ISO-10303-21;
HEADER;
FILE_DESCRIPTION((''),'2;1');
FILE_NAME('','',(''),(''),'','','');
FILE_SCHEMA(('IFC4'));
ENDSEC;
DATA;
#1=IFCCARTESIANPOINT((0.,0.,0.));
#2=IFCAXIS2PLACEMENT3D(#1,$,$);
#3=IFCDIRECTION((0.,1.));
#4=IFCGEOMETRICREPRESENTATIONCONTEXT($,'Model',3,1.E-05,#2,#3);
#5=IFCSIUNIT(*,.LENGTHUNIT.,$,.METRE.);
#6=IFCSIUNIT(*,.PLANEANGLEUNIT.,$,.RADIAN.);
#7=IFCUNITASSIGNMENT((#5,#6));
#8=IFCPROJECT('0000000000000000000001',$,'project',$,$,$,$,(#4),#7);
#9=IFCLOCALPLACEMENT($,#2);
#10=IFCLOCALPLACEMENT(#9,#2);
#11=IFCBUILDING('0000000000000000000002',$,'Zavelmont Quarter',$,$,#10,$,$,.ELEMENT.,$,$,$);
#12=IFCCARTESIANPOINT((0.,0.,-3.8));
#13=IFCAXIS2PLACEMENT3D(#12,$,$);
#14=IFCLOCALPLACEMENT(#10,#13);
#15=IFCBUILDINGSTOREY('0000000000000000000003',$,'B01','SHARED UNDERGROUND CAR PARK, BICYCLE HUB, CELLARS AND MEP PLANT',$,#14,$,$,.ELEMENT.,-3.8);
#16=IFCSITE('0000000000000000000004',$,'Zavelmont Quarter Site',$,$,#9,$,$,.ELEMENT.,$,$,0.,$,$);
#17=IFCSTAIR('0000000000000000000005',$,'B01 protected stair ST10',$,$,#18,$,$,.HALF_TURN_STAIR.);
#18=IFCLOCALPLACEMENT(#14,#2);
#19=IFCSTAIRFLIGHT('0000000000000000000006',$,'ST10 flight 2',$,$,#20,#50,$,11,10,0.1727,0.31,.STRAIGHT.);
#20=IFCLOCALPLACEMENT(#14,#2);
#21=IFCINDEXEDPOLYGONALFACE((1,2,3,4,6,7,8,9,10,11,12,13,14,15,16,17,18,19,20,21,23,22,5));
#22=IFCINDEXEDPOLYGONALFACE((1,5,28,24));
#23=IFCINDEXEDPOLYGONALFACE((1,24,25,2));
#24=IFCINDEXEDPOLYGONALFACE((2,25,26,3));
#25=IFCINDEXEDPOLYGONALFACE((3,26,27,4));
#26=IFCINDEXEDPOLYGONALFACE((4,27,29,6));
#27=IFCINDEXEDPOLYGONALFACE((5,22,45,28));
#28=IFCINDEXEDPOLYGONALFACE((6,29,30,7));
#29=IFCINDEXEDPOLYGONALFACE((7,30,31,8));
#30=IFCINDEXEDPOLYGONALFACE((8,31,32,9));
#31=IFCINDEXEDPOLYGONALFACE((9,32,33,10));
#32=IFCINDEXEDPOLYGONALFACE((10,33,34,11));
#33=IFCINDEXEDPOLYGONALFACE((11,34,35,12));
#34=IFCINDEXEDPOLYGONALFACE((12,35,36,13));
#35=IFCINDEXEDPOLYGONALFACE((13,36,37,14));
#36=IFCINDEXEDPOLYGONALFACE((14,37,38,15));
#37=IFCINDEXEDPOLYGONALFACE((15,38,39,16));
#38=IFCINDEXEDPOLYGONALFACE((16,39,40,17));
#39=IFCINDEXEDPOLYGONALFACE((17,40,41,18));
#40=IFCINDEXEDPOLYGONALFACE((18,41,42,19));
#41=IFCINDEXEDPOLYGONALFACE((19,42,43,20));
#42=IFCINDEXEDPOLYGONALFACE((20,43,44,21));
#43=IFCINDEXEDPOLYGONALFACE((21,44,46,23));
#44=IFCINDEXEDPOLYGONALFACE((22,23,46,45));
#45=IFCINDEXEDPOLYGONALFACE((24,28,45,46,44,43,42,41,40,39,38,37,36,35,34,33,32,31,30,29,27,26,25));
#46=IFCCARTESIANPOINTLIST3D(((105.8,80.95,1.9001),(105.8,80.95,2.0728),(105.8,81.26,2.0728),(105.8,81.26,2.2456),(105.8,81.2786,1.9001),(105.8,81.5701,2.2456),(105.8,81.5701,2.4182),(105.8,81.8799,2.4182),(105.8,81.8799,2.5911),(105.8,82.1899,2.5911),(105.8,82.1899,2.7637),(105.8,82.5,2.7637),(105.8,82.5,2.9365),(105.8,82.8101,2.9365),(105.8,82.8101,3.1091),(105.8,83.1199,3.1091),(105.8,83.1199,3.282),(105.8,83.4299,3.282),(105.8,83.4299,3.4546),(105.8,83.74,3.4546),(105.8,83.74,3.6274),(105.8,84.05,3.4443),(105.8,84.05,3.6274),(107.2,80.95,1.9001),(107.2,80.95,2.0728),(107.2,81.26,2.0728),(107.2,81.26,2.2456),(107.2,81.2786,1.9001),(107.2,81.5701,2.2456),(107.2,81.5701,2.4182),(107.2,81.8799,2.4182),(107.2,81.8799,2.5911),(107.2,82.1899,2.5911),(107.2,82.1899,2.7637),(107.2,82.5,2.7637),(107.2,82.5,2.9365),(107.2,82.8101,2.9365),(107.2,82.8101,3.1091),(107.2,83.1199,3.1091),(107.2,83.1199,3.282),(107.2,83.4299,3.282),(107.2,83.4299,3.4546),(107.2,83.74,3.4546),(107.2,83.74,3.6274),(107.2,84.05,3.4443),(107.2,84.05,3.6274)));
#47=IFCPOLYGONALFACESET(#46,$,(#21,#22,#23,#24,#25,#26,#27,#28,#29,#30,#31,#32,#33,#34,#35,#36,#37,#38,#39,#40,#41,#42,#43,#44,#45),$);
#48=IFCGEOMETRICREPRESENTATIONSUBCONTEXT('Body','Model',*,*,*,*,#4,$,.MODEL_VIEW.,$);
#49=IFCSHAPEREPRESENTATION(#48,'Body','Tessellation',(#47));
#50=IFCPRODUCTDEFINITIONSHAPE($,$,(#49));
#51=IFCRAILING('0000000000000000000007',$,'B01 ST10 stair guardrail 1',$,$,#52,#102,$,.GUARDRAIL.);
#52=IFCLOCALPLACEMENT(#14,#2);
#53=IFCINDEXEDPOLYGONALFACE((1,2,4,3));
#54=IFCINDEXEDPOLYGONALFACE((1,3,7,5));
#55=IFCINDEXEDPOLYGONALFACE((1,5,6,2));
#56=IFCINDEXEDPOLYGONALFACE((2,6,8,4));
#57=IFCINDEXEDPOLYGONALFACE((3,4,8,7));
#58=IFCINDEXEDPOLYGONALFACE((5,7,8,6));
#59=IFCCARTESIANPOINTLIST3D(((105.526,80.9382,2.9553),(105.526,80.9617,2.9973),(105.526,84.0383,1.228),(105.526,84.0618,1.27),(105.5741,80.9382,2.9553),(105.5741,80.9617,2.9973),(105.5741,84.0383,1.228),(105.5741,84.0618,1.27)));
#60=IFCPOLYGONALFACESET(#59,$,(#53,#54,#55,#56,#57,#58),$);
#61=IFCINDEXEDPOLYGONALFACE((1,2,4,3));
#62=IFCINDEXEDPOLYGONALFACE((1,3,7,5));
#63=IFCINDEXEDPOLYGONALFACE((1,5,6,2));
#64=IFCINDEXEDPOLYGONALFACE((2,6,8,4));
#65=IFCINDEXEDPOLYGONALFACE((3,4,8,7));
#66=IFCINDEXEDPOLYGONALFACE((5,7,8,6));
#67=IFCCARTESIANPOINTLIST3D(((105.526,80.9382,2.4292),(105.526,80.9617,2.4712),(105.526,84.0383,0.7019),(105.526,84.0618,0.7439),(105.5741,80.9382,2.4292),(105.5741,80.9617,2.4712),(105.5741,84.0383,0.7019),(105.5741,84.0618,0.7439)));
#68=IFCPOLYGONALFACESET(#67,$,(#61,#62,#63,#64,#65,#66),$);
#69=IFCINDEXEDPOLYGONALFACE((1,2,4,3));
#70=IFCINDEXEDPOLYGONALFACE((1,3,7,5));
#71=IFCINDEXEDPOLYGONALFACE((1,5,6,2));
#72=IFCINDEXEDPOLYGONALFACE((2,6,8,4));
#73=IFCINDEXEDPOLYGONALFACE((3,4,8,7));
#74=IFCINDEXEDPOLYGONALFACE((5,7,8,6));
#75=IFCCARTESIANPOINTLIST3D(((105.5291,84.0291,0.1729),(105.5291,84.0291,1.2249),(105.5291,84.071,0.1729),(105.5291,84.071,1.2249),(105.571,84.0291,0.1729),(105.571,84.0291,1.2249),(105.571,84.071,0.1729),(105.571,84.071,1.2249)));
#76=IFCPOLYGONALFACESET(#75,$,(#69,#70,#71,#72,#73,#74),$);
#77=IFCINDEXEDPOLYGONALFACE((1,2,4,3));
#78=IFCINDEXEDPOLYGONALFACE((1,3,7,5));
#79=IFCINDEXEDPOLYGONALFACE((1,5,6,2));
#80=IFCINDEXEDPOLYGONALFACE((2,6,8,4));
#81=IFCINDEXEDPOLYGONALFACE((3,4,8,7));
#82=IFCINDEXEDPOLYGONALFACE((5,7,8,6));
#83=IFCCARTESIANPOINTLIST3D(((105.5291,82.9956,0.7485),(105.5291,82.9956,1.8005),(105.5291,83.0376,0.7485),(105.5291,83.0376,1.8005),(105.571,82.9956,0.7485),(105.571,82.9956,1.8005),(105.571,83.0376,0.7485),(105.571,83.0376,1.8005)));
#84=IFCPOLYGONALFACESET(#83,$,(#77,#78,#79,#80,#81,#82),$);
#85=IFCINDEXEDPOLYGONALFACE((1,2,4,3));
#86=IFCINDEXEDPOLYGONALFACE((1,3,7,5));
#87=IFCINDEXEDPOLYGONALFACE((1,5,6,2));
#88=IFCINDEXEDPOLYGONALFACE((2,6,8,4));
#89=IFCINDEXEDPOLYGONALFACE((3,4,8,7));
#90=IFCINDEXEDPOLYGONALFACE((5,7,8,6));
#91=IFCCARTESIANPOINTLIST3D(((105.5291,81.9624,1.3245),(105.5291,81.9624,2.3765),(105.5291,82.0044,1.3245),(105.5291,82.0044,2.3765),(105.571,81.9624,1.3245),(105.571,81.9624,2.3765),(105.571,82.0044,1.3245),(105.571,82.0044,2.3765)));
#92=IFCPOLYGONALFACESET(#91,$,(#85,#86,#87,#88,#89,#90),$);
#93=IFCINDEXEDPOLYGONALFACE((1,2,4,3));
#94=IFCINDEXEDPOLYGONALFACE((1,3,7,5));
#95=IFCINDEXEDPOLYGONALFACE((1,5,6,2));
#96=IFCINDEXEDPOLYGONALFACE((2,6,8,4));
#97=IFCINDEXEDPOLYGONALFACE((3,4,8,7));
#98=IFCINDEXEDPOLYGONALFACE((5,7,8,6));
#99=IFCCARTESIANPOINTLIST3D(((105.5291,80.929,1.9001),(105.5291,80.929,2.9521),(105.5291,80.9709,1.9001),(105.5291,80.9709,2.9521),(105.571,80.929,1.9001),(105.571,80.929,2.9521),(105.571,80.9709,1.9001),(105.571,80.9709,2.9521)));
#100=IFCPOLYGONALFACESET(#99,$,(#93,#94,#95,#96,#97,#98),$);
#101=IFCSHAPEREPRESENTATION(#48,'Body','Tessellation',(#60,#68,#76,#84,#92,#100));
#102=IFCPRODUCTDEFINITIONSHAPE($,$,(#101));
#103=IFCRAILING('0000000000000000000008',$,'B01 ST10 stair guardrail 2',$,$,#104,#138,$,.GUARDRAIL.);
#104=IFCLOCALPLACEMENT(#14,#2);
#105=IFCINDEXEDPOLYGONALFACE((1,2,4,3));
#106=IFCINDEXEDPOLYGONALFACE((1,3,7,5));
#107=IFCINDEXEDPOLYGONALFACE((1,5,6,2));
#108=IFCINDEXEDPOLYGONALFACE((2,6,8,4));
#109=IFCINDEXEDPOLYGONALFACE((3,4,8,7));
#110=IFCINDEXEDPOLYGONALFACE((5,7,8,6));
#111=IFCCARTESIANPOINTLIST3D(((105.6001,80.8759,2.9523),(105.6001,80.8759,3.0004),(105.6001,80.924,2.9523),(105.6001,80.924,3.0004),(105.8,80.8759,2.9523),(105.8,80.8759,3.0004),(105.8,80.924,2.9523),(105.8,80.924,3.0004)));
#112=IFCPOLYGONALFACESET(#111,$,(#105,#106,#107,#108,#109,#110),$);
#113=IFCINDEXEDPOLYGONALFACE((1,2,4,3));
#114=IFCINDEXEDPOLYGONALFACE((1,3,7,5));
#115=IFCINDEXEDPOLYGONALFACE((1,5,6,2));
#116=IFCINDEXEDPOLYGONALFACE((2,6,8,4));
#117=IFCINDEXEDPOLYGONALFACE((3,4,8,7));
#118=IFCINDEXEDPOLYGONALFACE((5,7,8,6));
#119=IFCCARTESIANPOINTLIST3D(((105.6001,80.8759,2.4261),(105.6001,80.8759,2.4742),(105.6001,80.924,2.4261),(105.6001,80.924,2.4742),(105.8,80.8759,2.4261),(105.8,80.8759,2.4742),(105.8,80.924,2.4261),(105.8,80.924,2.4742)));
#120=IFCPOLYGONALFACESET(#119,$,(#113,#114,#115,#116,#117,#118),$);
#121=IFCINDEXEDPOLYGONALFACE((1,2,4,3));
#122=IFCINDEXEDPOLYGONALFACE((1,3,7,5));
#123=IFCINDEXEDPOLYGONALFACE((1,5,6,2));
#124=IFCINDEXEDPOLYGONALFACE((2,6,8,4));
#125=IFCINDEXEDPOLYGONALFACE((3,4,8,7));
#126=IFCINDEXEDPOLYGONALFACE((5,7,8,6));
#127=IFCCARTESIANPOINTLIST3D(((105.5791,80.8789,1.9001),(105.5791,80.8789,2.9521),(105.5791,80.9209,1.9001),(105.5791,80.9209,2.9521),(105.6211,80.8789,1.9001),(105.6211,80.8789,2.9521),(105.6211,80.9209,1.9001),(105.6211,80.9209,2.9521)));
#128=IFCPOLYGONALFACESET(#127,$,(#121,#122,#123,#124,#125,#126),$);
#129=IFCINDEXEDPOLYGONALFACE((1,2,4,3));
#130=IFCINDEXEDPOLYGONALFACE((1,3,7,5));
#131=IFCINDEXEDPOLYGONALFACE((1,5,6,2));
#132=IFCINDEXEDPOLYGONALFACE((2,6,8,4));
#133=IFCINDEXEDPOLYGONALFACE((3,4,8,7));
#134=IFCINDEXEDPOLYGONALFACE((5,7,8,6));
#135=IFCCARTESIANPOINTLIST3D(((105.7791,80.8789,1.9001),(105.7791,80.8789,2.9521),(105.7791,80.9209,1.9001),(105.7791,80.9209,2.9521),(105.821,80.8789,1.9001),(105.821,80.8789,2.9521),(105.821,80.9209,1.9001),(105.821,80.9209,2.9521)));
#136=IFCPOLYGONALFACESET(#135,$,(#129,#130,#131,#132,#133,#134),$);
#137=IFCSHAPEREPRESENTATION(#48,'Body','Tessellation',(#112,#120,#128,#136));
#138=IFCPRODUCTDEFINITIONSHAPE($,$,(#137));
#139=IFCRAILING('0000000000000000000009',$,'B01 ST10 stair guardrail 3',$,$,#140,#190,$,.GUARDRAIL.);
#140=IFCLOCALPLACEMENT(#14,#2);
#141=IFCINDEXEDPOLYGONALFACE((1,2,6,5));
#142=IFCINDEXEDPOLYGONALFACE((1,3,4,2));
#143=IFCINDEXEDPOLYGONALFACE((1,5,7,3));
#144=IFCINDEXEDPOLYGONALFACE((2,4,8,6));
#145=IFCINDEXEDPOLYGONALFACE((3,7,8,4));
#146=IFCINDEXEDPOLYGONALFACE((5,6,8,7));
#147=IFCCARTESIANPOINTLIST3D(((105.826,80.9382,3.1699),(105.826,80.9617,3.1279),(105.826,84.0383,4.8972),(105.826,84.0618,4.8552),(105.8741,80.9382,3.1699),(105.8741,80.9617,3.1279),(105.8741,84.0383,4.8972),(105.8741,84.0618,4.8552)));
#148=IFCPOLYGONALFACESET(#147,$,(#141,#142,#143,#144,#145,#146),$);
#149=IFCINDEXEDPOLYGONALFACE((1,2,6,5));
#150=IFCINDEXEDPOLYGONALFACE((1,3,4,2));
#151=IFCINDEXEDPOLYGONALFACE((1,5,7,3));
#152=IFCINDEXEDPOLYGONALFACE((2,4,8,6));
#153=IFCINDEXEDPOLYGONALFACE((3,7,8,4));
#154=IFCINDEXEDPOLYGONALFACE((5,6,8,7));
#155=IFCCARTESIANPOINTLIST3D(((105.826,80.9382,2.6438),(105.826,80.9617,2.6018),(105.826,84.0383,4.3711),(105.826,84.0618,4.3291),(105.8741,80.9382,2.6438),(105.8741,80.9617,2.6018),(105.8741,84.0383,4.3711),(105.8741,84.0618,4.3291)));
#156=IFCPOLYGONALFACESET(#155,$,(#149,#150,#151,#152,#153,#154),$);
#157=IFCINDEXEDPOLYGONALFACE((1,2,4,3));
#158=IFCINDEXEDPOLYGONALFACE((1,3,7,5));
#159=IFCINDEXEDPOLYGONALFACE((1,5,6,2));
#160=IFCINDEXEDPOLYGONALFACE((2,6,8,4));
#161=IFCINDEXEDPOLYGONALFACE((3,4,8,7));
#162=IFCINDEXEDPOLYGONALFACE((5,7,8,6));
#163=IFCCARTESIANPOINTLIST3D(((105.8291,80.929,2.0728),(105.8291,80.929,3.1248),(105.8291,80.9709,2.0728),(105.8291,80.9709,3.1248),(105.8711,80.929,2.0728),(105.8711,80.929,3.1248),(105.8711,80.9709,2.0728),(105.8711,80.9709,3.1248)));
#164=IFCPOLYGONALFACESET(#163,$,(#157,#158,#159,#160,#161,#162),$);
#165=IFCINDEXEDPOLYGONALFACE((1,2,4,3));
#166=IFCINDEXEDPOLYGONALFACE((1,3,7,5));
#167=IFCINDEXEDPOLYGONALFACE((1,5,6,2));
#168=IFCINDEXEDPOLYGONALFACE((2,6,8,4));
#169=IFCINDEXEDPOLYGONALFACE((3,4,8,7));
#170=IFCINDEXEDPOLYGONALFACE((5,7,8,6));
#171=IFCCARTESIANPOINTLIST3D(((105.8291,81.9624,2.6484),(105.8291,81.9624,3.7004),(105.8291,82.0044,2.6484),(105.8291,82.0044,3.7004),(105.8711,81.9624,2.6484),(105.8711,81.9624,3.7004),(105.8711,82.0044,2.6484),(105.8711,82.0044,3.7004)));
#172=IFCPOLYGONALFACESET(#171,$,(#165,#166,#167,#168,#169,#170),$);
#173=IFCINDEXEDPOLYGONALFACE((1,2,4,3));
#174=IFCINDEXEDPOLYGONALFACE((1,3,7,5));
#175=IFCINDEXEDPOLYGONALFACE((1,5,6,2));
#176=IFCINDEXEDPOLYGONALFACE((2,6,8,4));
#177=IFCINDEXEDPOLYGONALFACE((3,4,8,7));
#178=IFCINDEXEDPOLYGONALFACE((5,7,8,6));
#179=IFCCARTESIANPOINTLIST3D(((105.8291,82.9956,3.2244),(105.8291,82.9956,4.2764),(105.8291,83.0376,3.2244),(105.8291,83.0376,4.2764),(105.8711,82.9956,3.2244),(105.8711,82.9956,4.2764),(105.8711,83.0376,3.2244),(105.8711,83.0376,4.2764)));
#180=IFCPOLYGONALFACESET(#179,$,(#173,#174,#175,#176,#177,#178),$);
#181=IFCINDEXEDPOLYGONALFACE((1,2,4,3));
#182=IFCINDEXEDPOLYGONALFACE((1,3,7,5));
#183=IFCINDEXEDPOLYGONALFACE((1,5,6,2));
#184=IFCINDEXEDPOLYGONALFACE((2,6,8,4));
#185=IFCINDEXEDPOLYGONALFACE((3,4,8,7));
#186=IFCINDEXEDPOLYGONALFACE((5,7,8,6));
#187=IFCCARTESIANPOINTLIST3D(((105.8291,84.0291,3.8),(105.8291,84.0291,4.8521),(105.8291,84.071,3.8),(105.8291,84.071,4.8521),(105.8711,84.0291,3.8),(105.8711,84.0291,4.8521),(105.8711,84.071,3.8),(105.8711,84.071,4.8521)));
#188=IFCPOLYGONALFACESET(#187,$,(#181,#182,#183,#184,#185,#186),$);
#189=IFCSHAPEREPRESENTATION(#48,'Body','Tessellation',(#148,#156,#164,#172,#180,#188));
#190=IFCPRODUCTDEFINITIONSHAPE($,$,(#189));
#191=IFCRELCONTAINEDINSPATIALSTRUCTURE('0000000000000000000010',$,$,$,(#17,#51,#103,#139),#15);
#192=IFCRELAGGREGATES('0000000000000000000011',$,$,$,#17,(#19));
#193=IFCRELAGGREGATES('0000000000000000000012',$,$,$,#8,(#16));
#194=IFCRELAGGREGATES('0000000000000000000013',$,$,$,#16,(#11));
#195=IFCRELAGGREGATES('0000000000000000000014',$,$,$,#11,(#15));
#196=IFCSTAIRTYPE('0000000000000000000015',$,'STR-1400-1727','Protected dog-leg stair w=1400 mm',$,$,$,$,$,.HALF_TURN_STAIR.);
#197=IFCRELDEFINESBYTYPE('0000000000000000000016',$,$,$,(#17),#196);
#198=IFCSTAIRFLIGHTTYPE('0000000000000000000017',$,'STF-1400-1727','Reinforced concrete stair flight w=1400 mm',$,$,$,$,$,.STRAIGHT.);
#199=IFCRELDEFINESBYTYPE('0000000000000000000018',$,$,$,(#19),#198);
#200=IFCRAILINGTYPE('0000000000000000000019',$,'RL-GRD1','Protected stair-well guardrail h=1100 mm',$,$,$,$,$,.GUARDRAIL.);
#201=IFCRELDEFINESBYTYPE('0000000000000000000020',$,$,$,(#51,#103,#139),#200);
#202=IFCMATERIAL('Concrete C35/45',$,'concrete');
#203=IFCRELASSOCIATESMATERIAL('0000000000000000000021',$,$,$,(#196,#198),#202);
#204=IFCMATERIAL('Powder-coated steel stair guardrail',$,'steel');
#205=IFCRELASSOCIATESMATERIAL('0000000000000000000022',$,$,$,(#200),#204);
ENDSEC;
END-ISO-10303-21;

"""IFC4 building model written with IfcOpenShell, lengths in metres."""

from ifc_helpers import new_model, si_unit, direction, frame, origin, origin_2d, place, context, subcontext, project, spatial, polyline, rectangle, outline, extrude, material, type_object, element, aggregate, save


model = new_model("IFC4")

# Units and contexts
model_context = context("Model", 3, precision=1e-05, world=origin(), true_north=direction((0.0, 1.0)))
body_context = subcontext(model_context, "Body", "Model", "MODEL_VIEW")
ifc_project = project(units=[si_unit("LENGTHUNIT", "METRE"), si_unit("PLANEANGLEUNIT", "RADIAN")], contexts=[model_context])

# Site, building, storey
site_placement = place(None, origin())
site = spatial("IfcSite", under=ifc_project, at=site_placement, Name="Zavelmont Quarter Site", CompositionType="ELEMENT", RefElevation=0.0)
building_placement = place(site_placement, origin())
building = spatial("IfcBuilding", under=site, at=building_placement, Name="Zavelmont Quarter", CompositionType="ELEMENT")
storey_placement = place(building_placement, frame((0.0, 0.0, -3.8)))
storey = spatial("IfcBuildingStorey", under=building, at=storey_placement, Name="B01", Description="SHARED UNDERGROUND CAR PARK, BICYCLE HUB, CELLARS AND MEP PLANT", CompositionType="ELEMENT", Elevation=-3.8)

# Shared definitions
ifc_material_1 = material(Name="Concrete C35/45", Category="concrete")

# Stair, stair flight
stair_type = type_object("IfcStairType", Name="STR-1400-1727", Description="Protected dog-leg stair w=1400 mm", PredefinedType="HALF_TURN_STAIR", material=ifc_material_1)
stair_placement = place(storey_placement, origin())
stair = element("IfcStair", 1, at=stair_placement, inside=storey, type_object=stair_type, Name="B01 protected stair ST10", PredefinedType="HALF_TURN_STAIR")
stair_flight_type = type_object("IfcStairFlightType", Name="STF-1400-1727", Description="Reinforced concrete stair flight w=1400 mm", PredefinedType="STRAIGHT", material=ifc_material_1)
stair_flight_1_placement = place(storey_placement, frame((106.5, 80.95, 1.9001), z_axis=(0.0, 0.0, 1.0), x_axis=(0.0, 1.0, 0.0)))
stair_flight_1 = element("IfcStairFlight", 2, at=stair_flight_1_placement, type_object=stair_flight_type, Name="ST10 flight 2", NumberOfRisers=11, NumberOfTreads=10, PredefinedType="STRAIGHT", RiserHeight=0.1727, TreadLength=0.31, context=body_context, shape_type="SweptSolid", body=[
    extrude(outline(polyline([(0.0, 0.0), (0.0, 0.1726), (0.3101, 0.1726), (0.3101, 0.3455), (0.6201, 0.3455), (0.6201, 0.5181), (0.9299, 0.5181), (0.9299, 0.6909), (1.24, 0.6909), (1.24, 0.8635), (1.55, 0.8635), (1.55, 1.0364), (1.8601, 1.0364), (1.8601, 1.209), (2.1699, 1.209), (2.1699, 1.3818), (2.48, 1.3818), (2.48, 1.5544), (2.79, 1.5544), (2.79, 1.7273), (3.1001, 1.7273), (3.1001, 1.8999), (3.1001, 1.5442), (0.3286, 0.0), (0.0, 0.0)])), frame((0.0, 0.7, 0.0), z_axis=(0.0, -1.0, 0.0), x_axis=(1.0, 0.0, 0.0)), (0.0, 0.0, 1.0), 1.3999),
])
aggregate(stair, [stair_flight_1])

# Railings
ifc_material_2 = material(Name="Powder-coated steel stair guardrail", Category="steel")
railing_type_1 = type_object("IfcRailingType", Name="RL-GRD1", Description="Protected stair-well guardrail h=1100 mm", PredefinedType="GUARDRAIL", material=ifc_material_2)
railing_1_placement = place(storey_placement, frame((105.55, 84.05, 0.1729)))
element("IfcRailing", 3, at=railing_1_placement, inside=storey, type_object=railing_type_1, Name="B01 ST10 stair guardrail 1", PredefinedType="GUARDRAIL", context=body_context, shape_type="SweptSolid", body=[
    extrude(rectangle(XDim=0.0481, YDim=0.0481, at=origin_2d()), frame((0.0, 0.0, 1.0762), z_axis=(0.0, -0.873556, 0.486723), x_axis=(1.0, 0.0, 0.0)), (0.0, 0.0, 1.0), 3.5488),
    extrude(rectangle(XDim=0.0481, YDim=0.0481, at=origin_2d()), frame((0.0, 0.0, 0.55), z_axis=(0.0, -0.873556, 0.486723), x_axis=(1.0, 0.0, 0.0)), (0.0, 0.0, 1.0), 3.5488),
    extrude(rectangle(XDim=0.042, YDim=0.042, at=origin_2d()), origin(), (0.0, 0.0, 1.0), 1.052),
    extrude(rectangle(XDim=0.042, YDim=0.042, at=origin_2d()), frame((0.0, -1.0334, 0.5757)), (0.0, 0.0, 1.0), 1.052),
    extrude(rectangle(XDim=0.042, YDim=0.042, at=origin_2d()), frame((0.0, -2.0667, 1.1516)), (0.0, 0.0, 1.0), 1.052),
    extrude(rectangle(XDim=0.042, YDim=0.042, at=origin_2d()), frame((0.0, -3.1001, 1.7273)), (0.0, 0.0, 1.0), 1.052),
])
railing_2_placement = place(storey_placement, frame((105.6001, 80.8999, 1.9001)))
element("IfcRailing", 4, at=railing_2_placement, inside=storey, type_object=railing_type_1, Name="B01 ST10 stair guardrail 2", PredefinedType="GUARDRAIL", context=body_context, shape_type="SweptSolid", body=[
    extrude(rectangle(XDim=0.0481, YDim=0.0481, at=origin_2d()), frame((0.0, 0.0, 1.0762), z_axis=(1.0, 0.0, 0.0), x_axis=(0.0, 1.0, 0.0)), (0.0, 0.0, 1.0), 0.2),
    extrude(rectangle(XDim=0.0481, YDim=0.0481, at=origin_2d()), frame((0.0, 0.0, 0.55), z_axis=(1.0, 0.0, 0.0), x_axis=(0.0, 1.0, 0.0)), (0.0, 0.0, 1.0), 0.2),
    extrude(rectangle(XDim=0.042, YDim=0.042, at=origin_2d()), origin(), (0.0, 0.0, 1.0), 1.052),
    extrude(rectangle(XDim=0.042, YDim=0.042, at=origin_2d()), frame((0.2, 0.0, 0.0)), (0.0, 0.0, 1.0), 1.052),
])
railing_3_placement = place(storey_placement, frame((105.8501, 80.95, 2.0728)))
element("IfcRailing", 5, at=railing_3_placement, inside=storey, type_object=railing_type_1, Name="B01 ST10 stair guardrail 3", PredefinedType="GUARDRAIL", context=body_context, shape_type="SweptSolid", body=[
    extrude(rectangle(XDim=0.0481, YDim=0.0481, at=origin_2d()), frame((0.0, 0.0, 1.0762), z_axis=(0.0, 0.873556, 0.486723), x_axis=(-1.0, 0.0, 0.0)), (0.0, 0.0, 1.0), 3.5488),
    extrude(rectangle(XDim=0.0481, YDim=0.0481, at=origin_2d()), frame((0.0, 0.0, 0.55), z_axis=(0.0, 0.873556, 0.486723), x_axis=(-1.0, 0.0, 0.0)), (0.0, 0.0, 1.0), 3.5488),
    extrude(rectangle(XDim=0.042, YDim=0.042, at=origin_2d()), origin(), (0.0, 0.0, 1.0), 1.052),
    extrude(rectangle(XDim=0.042, YDim=0.042, at=origin_2d()), frame((0.0, 1.0334, 0.5757)), (0.0, 0.0, 1.0), 1.052),
    extrude(rectangle(XDim=0.042, YDim=0.042, at=origin_2d()), frame((0.0, 2.0667, 1.1516)), (0.0, 0.0, 1.0), 1.052),
    extrude(rectangle(XDim=0.042, YDim=0.042, at=origin_2d()), frame((0.0, 3.1001, 1.7273)), (0.0, 0.0, 1.0), 1.052),
])

save(model, "model.ifc")
